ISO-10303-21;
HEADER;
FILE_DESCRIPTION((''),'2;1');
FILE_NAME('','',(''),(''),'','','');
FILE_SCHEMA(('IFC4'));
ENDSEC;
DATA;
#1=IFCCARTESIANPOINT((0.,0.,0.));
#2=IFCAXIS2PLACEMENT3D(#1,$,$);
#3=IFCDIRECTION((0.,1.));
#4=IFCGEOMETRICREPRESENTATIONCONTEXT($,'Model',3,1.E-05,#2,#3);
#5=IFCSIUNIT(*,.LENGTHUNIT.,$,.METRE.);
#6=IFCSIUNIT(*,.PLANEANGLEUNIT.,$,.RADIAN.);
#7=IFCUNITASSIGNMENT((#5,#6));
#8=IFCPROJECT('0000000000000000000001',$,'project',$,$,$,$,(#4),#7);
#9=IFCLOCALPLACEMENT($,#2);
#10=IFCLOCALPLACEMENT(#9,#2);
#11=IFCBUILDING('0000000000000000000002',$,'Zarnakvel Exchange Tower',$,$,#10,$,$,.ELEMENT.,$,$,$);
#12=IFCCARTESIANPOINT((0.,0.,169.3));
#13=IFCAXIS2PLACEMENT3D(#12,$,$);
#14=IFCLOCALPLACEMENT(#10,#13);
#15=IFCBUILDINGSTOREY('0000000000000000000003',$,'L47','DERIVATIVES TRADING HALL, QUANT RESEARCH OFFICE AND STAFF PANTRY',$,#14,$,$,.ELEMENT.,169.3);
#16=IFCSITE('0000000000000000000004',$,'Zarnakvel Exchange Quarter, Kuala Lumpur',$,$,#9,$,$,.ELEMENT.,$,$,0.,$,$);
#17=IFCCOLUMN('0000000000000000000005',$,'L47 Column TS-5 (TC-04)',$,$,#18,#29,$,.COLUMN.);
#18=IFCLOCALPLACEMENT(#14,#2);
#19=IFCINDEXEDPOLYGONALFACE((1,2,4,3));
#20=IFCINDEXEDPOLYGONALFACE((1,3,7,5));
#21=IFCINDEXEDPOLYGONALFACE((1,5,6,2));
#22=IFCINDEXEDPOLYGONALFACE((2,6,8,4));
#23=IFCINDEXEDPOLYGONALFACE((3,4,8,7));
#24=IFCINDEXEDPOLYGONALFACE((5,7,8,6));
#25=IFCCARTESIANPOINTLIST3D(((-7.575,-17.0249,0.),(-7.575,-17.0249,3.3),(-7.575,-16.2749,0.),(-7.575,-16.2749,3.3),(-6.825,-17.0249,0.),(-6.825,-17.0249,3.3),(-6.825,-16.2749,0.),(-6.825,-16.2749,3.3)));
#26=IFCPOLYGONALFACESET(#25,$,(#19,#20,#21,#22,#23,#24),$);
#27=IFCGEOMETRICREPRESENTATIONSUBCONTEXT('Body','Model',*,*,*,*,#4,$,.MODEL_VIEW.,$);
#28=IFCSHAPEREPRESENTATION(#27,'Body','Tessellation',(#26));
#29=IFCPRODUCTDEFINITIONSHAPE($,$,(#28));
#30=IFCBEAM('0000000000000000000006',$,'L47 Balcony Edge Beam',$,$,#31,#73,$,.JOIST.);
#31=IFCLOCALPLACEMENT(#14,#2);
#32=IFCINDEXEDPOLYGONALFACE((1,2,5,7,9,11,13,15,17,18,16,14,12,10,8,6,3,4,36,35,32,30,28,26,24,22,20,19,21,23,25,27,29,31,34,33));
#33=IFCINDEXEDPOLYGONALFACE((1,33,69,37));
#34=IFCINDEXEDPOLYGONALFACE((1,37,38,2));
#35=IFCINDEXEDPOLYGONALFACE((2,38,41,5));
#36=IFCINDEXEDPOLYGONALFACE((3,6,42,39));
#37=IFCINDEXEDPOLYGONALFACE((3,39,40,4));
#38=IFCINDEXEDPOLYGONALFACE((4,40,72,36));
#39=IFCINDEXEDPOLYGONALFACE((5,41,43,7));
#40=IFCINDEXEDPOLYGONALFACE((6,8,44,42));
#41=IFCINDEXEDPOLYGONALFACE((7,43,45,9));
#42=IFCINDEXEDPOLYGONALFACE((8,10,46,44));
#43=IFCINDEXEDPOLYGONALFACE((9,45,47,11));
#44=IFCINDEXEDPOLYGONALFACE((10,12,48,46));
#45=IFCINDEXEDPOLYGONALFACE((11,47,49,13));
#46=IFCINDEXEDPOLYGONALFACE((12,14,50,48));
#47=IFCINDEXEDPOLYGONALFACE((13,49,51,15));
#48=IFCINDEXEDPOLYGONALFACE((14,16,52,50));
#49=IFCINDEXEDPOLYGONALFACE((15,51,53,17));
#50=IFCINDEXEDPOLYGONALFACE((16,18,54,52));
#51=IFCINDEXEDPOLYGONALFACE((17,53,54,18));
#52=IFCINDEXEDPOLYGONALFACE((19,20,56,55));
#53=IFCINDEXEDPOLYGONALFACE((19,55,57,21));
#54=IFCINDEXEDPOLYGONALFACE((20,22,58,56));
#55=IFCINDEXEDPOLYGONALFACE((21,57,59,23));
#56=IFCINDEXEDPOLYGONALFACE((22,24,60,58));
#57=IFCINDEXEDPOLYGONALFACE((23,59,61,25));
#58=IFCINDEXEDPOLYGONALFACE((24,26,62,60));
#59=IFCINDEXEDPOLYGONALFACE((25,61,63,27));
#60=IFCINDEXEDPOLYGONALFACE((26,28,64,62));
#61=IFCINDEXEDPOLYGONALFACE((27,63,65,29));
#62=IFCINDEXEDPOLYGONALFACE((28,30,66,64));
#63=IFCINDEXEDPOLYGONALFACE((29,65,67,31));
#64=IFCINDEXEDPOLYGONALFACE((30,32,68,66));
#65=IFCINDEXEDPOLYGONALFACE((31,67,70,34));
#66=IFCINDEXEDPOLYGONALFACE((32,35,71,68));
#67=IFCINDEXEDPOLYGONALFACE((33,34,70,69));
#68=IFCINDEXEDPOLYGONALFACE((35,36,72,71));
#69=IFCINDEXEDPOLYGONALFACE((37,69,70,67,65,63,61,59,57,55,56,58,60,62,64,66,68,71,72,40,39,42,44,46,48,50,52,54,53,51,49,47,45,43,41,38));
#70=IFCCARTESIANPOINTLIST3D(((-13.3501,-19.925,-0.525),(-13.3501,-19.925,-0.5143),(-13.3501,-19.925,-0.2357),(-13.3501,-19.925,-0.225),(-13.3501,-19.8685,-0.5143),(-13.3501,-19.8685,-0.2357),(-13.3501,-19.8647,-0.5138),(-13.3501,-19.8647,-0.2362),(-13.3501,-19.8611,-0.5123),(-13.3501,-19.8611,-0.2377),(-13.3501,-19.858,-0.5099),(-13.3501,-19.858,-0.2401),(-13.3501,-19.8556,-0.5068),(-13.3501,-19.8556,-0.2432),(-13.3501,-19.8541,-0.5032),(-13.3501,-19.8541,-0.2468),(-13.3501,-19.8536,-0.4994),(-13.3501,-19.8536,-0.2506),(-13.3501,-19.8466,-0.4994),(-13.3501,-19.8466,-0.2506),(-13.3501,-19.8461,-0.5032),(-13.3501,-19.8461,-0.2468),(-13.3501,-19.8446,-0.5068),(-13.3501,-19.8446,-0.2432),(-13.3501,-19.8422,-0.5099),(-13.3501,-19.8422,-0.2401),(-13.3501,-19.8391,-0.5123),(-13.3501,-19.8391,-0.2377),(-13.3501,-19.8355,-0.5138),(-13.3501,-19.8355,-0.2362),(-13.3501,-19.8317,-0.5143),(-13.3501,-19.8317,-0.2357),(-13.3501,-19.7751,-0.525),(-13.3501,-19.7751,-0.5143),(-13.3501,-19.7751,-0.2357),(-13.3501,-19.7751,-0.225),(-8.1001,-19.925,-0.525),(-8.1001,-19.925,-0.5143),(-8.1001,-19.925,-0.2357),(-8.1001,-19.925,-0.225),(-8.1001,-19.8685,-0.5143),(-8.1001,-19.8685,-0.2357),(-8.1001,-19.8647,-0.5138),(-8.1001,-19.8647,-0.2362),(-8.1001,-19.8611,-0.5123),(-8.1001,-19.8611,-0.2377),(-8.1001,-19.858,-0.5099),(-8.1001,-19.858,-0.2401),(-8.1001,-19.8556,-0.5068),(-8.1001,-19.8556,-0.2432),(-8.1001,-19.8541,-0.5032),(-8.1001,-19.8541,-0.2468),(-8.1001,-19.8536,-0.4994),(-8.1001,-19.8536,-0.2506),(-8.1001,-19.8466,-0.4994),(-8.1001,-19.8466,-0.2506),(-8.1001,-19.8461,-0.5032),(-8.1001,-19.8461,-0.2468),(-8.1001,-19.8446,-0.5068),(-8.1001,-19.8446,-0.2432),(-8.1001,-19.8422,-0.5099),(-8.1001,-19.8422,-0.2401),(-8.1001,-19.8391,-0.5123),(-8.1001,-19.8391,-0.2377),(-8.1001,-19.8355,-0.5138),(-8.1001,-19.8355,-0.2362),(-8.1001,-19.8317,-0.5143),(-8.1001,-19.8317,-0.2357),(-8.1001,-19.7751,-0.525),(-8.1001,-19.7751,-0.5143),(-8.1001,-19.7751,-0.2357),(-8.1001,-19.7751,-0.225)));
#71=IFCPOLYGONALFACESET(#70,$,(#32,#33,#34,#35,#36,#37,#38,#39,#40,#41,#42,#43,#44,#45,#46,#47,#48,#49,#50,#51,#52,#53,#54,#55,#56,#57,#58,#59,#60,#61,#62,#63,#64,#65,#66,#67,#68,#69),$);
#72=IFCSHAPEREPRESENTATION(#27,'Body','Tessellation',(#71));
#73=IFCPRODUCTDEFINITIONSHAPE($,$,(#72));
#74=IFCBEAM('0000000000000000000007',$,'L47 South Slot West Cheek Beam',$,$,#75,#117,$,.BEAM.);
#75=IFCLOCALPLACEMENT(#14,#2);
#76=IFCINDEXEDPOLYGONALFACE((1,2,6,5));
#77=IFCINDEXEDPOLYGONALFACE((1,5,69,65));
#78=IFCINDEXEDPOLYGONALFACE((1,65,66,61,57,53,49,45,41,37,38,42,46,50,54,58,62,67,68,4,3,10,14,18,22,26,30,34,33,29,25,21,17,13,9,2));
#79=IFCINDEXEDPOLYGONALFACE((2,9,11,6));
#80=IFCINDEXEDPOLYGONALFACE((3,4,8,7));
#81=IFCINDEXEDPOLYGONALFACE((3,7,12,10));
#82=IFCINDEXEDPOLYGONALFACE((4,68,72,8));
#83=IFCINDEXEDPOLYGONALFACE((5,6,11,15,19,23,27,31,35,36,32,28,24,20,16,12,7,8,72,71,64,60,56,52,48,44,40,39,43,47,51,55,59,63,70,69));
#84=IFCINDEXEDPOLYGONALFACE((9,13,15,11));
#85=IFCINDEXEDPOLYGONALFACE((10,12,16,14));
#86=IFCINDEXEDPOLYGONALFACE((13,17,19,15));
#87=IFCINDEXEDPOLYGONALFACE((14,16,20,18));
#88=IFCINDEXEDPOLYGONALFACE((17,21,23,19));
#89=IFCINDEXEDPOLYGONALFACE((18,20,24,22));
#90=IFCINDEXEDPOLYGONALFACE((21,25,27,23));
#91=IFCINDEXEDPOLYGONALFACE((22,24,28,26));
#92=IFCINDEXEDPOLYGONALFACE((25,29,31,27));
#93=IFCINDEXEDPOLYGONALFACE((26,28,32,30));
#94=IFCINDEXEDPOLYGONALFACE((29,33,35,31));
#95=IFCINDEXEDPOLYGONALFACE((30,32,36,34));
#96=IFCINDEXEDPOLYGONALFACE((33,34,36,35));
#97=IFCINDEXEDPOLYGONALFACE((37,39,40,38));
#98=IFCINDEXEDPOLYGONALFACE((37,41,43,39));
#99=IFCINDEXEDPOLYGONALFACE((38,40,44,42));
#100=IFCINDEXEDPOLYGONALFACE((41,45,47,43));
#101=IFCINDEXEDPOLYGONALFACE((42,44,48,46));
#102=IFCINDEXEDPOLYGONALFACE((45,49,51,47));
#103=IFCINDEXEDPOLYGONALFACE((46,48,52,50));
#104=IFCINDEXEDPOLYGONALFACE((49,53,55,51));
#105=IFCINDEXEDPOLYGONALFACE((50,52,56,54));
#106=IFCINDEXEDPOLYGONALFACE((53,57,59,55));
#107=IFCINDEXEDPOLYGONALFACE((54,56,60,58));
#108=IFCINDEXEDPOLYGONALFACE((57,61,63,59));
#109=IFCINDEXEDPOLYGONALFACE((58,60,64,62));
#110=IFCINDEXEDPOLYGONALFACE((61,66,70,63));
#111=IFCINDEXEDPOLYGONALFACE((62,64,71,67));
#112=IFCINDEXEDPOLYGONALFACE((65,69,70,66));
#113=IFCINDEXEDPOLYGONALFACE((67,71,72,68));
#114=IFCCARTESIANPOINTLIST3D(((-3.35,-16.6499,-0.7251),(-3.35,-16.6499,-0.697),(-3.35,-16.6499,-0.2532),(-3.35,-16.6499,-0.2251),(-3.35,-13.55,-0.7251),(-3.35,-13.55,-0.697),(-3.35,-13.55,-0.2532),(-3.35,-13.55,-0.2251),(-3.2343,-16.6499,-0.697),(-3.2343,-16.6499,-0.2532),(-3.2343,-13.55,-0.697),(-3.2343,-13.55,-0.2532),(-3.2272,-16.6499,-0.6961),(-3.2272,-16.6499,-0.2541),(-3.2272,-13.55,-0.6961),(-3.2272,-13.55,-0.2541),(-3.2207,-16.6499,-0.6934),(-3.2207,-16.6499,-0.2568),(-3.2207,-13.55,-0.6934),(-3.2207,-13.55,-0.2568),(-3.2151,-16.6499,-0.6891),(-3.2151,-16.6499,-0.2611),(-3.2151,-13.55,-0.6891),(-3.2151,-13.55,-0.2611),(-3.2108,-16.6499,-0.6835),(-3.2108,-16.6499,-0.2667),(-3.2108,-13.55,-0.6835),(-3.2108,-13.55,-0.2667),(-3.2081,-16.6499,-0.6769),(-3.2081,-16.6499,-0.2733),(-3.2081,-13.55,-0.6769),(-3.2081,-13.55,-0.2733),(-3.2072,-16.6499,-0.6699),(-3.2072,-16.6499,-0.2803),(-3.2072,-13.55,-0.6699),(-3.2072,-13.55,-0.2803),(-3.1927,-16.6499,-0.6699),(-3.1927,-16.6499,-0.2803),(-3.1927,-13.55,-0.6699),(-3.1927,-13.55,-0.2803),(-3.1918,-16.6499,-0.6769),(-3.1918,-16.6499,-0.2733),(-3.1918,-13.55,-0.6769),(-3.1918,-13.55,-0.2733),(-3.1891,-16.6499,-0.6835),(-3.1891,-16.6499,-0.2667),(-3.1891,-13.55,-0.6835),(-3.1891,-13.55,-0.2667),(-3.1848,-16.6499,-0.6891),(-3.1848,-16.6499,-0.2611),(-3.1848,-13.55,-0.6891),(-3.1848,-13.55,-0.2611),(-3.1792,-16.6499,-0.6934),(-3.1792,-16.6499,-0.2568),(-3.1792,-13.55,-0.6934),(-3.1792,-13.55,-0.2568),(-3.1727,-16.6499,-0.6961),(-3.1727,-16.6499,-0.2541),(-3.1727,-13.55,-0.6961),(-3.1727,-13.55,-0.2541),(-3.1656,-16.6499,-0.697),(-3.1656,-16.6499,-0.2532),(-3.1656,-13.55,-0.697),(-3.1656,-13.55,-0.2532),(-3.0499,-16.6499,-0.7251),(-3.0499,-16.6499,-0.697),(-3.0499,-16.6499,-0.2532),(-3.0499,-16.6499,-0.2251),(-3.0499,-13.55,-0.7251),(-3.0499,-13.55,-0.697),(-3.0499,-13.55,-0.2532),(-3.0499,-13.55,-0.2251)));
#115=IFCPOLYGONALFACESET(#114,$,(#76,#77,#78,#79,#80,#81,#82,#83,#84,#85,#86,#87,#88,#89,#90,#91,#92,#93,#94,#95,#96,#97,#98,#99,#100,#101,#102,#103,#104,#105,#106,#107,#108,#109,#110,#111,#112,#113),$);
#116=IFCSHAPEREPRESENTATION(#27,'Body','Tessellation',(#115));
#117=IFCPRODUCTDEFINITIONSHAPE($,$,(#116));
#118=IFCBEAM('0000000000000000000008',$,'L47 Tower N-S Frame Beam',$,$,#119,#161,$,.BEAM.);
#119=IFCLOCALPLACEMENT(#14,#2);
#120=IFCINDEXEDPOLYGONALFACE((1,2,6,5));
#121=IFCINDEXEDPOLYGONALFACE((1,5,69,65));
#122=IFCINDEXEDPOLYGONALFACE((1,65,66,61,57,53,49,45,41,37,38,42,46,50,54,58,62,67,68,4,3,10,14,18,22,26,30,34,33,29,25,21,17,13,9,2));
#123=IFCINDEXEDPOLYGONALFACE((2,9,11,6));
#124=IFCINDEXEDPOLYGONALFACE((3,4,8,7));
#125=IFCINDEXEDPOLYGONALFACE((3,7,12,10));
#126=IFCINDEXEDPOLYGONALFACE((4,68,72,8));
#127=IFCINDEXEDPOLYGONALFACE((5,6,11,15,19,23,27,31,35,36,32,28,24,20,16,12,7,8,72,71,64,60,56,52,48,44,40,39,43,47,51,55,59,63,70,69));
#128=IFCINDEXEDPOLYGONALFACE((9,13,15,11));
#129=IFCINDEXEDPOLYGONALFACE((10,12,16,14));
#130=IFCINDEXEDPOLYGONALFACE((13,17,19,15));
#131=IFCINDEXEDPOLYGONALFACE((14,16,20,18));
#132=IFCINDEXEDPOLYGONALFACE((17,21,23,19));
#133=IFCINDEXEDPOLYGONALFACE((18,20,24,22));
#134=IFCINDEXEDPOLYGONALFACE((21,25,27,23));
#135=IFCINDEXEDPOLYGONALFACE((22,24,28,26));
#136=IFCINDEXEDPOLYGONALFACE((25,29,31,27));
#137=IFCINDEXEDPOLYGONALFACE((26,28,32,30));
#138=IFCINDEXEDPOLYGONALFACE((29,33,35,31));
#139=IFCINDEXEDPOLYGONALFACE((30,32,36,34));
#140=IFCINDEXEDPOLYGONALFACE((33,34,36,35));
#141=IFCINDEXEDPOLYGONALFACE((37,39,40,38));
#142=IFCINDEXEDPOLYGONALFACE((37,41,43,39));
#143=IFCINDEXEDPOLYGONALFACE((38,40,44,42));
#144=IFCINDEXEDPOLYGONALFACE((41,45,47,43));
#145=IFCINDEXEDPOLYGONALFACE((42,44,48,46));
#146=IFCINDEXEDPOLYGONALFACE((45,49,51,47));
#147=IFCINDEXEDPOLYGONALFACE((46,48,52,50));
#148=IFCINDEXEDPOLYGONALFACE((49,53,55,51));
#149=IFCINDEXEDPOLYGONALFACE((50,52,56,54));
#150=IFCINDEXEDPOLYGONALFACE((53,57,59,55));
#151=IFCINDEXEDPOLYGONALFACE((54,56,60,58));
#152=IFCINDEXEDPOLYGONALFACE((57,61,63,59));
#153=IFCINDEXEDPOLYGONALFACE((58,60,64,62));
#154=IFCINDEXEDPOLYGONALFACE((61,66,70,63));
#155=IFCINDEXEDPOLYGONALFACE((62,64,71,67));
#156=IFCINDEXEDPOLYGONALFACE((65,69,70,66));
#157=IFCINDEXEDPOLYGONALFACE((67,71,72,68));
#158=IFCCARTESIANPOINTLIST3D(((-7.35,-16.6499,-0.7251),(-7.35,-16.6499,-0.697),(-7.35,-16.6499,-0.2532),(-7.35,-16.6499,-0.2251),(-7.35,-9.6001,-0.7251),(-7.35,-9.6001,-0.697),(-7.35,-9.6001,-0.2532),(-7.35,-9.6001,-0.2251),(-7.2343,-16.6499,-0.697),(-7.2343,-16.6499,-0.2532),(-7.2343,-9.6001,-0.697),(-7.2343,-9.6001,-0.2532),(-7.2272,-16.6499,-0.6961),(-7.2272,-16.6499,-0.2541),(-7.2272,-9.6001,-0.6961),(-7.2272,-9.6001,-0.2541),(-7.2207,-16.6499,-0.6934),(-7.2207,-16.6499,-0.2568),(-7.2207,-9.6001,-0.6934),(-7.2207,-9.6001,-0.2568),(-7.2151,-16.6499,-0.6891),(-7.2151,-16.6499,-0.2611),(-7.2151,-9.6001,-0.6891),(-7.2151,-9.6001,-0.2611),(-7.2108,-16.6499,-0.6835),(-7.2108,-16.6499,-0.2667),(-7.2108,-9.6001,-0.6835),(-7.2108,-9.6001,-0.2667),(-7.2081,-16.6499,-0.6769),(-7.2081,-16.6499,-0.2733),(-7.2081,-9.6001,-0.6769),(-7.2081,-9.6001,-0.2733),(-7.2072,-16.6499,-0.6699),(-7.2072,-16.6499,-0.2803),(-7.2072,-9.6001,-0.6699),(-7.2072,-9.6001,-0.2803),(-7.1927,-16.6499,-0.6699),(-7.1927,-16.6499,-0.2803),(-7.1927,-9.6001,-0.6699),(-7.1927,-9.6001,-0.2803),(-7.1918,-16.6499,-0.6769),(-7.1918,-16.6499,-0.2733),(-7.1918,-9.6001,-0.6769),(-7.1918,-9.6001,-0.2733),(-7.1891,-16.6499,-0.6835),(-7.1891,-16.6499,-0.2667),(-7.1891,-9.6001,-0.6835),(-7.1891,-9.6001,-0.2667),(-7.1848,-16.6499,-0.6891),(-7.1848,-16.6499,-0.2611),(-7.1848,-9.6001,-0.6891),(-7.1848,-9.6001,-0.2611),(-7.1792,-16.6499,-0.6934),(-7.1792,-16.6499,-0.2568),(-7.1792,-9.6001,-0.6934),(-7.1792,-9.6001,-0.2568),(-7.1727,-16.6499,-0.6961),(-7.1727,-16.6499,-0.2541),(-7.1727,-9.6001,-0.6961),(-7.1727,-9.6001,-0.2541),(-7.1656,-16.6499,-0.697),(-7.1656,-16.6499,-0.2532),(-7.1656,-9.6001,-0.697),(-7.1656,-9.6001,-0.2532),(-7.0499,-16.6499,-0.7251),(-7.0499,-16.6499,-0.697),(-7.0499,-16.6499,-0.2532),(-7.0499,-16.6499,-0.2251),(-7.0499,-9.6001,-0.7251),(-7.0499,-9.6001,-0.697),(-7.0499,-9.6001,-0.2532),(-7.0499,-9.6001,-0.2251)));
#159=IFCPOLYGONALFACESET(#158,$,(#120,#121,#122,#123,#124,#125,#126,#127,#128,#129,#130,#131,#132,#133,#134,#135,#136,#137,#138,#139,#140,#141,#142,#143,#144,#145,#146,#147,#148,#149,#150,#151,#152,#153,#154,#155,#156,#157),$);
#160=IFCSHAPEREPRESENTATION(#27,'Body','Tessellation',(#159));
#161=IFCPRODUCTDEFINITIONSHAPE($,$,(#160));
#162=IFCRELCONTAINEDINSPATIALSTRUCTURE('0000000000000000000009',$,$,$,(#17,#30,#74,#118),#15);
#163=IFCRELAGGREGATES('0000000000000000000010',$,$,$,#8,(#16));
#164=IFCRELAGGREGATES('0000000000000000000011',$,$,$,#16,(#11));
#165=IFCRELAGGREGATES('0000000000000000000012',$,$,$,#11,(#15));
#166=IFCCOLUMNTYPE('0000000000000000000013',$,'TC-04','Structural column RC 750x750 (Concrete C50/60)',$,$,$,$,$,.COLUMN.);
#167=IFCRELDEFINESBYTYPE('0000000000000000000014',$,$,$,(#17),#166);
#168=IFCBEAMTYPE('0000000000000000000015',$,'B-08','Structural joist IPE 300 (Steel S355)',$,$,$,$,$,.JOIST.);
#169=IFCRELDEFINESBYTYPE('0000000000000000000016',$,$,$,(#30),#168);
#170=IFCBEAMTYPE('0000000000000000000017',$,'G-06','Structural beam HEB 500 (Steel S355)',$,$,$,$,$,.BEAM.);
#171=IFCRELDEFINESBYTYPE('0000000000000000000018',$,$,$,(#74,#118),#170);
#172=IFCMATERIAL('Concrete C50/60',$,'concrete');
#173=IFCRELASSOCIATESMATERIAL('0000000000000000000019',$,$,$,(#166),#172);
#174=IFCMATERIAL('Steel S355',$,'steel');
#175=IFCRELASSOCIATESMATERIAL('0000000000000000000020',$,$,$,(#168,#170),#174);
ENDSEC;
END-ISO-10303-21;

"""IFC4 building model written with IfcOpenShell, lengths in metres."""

from ifc_helpers import new_model, si_unit, direction, frame, origin, origin_2d, place, context, subcontext, project, spatial, rectangle, i_section, extrude, material, material_profile, profile_set, type_object, element, save


model = new_model("IFC4")

# Units and contexts
model_context = context("Model", 3, precision=1e-05, world=origin(), true_north=direction((0.0, 1.0)))
body_context = subcontext(model_context, "Body", "Model", "MODEL_VIEW")
ifc_project = project(units=[si_unit("LENGTHUNIT", "METRE"), si_unit("PLANEANGLEUNIT", "RADIAN")], contexts=[model_context])

# Site, building, storey
site_placement = place(None, origin())
site = spatial("IfcSite", under=ifc_project, at=site_placement, Name="Zarnakvel Exchange Quarter, Kuala Lumpur", CompositionType="ELEMENT", RefElevation=0.0)
building_placement = place(site_placement, origin())
building = spatial("IfcBuilding", under=site, at=building_placement, Name="Zarnakvel Exchange Tower", CompositionType="ELEMENT")
storey_placement = place(building_placement, frame((0.0, 0.0, 169.3)))
storey = spatial("IfcBuildingStorey", under=building, at=storey_placement, Name="L47", Description="DERIVATIVES TRADING HALL, QUANT RESEARCH OFFICE AND STAFF PANTRY", CompositionType="ELEMENT", Elevation=169.3)

# Column
ifc_material_1 = material(Name="Concrete C50/60", Category="concrete")
ifc_material_profile_1 = material_profile(ifc_material_1, rectangle(XDim=0.75, YDim=0.75, at=origin_2d()))
ifc_profile_set_1 = profile_set([ifc_material_profile_1], Name="Concrete C50/60")
column_type = type_object("IfcColumnType", Name="TC-04", Description="Structural column RC 750x750 (Concrete C50/60)", PredefinedType="COLUMN", material=ifc_profile_set_1)
column_placement = place(storey_placement, frame((-7.2, -16.6499, 0.0), z_axis=(0.0, 0.0, 1.0), x_axis=(1.0, 0.0, 0.0)))
element("IfcColumn", 1, at=column_placement, inside=storey, type_object=column_type, Name="L47 Column TS-5 (TC-04)", PredefinedType="COLUMN", context=body_context, shape_type="SweptSolid", body=[
    extrude(rectangle(XDim=0.75, YDim=0.75, at=origin_2d()), origin(), (0.0, 0.0, 1.0), 3.3),
])

# Beams
ifc_material_2 = material(Name="Steel S355", Category="steel")
ifc_material_profile_2 = material_profile(ifc_material_2, i_section(OverallWidth=0.1499, OverallDepth=0.3, WebThickness=0.0071, FlangeThickness=0.0107, FilletRadius=0.0149, at=origin_2d()))
ifc_profile_set_2 = profile_set([ifc_material_profile_2], Name="Steel S355")
beam_type_1 = type_object("IfcBeamType", Name="B-08", Description="Structural joist IPE 300 (Steel S355)", PredefinedType="JOIST", material=ifc_profile_set_2)
beam_1_placement = place(storey_placement, frame((-13.3501, -19.8501, -0.375), z_axis=(1.0, 0.0, 0.0), x_axis=(0.0, 1.0, 0.0)))
element("IfcBeam", 2, at=beam_1_placement, inside=storey, type_object=beam_type_1, Name="L47 Balcony Edge Beam", PredefinedType="JOIST", context=body_context, shape_type="SweptSolid", body=[
    extrude(i_section(OverallWidth=0.1499, OverallDepth=0.3, WebThickness=0.0071, FlangeThickness=0.0107, FilletRadius=0.0149, at=origin_2d()), origin(), (0.0, 0.0, 1.0), 5.25),
])
ifc_material_profile_3 = material_profile(ifc_material_2, i_section(OverallWidth=0.3, OverallDepth=0.5, WebThickness=0.0144, FlangeThickness=0.0281, FilletRadius=0.0271, at=origin_2d()))
ifc_profile_set_3 = profile_set([ifc_material_profile_3], Name="Steel S355")
beam_type_2 = type_object("IfcBeamType", Name="G-06", Description="Structural beam HEB 500 (Steel S355)", PredefinedType="BEAM", material=ifc_profile_set_3)
beam_2_placement = place(storey_placement, frame((-3.2, -16.6499, -0.4751), z_axis=(0.0, 1.0, 0.0), x_axis=(-1.0, 0.0, 0.0)))
element("IfcBeam", 3, at=beam_2_placement, inside=storey, type_object=beam_type_2, Name="L47 South Slot West Cheek Beam", PredefinedType="BEAM", context=body_context, shape_type="SweptSolid", body=[
    extrude(i_section(OverallWidth=0.3, OverallDepth=0.5, WebThickness=0.0144, FlangeThickness=0.0281, FilletRadius=0.0271, at=origin_2d()), origin(), (0.0, 0.0, 1.0), 3.0999),
])
beam_3_placement = place(storey_placement, frame((-7.2, -16.6499, -0.4751), z_axis=(0.0, 1.0, 0.0), x_axis=(-1.0, 0.0, 0.0)))
element("IfcBeam", 4, at=beam_3_placement, inside=storey, type_object=beam_type_2, Name="L47 Tower N-S Frame Beam", PredefinedType="BEAM", context=body_context, shape_type="SweptSolid", body=[
    extrude(i_section(OverallWidth=0.3, OverallDepth=0.5, WebThickness=0.0144, FlangeThickness=0.0281, FilletRadius=0.0271, at=origin_2d()), origin(), (0.0, 0.0, 1.0), 7.0498),
])

save(model, "model.ifc")
